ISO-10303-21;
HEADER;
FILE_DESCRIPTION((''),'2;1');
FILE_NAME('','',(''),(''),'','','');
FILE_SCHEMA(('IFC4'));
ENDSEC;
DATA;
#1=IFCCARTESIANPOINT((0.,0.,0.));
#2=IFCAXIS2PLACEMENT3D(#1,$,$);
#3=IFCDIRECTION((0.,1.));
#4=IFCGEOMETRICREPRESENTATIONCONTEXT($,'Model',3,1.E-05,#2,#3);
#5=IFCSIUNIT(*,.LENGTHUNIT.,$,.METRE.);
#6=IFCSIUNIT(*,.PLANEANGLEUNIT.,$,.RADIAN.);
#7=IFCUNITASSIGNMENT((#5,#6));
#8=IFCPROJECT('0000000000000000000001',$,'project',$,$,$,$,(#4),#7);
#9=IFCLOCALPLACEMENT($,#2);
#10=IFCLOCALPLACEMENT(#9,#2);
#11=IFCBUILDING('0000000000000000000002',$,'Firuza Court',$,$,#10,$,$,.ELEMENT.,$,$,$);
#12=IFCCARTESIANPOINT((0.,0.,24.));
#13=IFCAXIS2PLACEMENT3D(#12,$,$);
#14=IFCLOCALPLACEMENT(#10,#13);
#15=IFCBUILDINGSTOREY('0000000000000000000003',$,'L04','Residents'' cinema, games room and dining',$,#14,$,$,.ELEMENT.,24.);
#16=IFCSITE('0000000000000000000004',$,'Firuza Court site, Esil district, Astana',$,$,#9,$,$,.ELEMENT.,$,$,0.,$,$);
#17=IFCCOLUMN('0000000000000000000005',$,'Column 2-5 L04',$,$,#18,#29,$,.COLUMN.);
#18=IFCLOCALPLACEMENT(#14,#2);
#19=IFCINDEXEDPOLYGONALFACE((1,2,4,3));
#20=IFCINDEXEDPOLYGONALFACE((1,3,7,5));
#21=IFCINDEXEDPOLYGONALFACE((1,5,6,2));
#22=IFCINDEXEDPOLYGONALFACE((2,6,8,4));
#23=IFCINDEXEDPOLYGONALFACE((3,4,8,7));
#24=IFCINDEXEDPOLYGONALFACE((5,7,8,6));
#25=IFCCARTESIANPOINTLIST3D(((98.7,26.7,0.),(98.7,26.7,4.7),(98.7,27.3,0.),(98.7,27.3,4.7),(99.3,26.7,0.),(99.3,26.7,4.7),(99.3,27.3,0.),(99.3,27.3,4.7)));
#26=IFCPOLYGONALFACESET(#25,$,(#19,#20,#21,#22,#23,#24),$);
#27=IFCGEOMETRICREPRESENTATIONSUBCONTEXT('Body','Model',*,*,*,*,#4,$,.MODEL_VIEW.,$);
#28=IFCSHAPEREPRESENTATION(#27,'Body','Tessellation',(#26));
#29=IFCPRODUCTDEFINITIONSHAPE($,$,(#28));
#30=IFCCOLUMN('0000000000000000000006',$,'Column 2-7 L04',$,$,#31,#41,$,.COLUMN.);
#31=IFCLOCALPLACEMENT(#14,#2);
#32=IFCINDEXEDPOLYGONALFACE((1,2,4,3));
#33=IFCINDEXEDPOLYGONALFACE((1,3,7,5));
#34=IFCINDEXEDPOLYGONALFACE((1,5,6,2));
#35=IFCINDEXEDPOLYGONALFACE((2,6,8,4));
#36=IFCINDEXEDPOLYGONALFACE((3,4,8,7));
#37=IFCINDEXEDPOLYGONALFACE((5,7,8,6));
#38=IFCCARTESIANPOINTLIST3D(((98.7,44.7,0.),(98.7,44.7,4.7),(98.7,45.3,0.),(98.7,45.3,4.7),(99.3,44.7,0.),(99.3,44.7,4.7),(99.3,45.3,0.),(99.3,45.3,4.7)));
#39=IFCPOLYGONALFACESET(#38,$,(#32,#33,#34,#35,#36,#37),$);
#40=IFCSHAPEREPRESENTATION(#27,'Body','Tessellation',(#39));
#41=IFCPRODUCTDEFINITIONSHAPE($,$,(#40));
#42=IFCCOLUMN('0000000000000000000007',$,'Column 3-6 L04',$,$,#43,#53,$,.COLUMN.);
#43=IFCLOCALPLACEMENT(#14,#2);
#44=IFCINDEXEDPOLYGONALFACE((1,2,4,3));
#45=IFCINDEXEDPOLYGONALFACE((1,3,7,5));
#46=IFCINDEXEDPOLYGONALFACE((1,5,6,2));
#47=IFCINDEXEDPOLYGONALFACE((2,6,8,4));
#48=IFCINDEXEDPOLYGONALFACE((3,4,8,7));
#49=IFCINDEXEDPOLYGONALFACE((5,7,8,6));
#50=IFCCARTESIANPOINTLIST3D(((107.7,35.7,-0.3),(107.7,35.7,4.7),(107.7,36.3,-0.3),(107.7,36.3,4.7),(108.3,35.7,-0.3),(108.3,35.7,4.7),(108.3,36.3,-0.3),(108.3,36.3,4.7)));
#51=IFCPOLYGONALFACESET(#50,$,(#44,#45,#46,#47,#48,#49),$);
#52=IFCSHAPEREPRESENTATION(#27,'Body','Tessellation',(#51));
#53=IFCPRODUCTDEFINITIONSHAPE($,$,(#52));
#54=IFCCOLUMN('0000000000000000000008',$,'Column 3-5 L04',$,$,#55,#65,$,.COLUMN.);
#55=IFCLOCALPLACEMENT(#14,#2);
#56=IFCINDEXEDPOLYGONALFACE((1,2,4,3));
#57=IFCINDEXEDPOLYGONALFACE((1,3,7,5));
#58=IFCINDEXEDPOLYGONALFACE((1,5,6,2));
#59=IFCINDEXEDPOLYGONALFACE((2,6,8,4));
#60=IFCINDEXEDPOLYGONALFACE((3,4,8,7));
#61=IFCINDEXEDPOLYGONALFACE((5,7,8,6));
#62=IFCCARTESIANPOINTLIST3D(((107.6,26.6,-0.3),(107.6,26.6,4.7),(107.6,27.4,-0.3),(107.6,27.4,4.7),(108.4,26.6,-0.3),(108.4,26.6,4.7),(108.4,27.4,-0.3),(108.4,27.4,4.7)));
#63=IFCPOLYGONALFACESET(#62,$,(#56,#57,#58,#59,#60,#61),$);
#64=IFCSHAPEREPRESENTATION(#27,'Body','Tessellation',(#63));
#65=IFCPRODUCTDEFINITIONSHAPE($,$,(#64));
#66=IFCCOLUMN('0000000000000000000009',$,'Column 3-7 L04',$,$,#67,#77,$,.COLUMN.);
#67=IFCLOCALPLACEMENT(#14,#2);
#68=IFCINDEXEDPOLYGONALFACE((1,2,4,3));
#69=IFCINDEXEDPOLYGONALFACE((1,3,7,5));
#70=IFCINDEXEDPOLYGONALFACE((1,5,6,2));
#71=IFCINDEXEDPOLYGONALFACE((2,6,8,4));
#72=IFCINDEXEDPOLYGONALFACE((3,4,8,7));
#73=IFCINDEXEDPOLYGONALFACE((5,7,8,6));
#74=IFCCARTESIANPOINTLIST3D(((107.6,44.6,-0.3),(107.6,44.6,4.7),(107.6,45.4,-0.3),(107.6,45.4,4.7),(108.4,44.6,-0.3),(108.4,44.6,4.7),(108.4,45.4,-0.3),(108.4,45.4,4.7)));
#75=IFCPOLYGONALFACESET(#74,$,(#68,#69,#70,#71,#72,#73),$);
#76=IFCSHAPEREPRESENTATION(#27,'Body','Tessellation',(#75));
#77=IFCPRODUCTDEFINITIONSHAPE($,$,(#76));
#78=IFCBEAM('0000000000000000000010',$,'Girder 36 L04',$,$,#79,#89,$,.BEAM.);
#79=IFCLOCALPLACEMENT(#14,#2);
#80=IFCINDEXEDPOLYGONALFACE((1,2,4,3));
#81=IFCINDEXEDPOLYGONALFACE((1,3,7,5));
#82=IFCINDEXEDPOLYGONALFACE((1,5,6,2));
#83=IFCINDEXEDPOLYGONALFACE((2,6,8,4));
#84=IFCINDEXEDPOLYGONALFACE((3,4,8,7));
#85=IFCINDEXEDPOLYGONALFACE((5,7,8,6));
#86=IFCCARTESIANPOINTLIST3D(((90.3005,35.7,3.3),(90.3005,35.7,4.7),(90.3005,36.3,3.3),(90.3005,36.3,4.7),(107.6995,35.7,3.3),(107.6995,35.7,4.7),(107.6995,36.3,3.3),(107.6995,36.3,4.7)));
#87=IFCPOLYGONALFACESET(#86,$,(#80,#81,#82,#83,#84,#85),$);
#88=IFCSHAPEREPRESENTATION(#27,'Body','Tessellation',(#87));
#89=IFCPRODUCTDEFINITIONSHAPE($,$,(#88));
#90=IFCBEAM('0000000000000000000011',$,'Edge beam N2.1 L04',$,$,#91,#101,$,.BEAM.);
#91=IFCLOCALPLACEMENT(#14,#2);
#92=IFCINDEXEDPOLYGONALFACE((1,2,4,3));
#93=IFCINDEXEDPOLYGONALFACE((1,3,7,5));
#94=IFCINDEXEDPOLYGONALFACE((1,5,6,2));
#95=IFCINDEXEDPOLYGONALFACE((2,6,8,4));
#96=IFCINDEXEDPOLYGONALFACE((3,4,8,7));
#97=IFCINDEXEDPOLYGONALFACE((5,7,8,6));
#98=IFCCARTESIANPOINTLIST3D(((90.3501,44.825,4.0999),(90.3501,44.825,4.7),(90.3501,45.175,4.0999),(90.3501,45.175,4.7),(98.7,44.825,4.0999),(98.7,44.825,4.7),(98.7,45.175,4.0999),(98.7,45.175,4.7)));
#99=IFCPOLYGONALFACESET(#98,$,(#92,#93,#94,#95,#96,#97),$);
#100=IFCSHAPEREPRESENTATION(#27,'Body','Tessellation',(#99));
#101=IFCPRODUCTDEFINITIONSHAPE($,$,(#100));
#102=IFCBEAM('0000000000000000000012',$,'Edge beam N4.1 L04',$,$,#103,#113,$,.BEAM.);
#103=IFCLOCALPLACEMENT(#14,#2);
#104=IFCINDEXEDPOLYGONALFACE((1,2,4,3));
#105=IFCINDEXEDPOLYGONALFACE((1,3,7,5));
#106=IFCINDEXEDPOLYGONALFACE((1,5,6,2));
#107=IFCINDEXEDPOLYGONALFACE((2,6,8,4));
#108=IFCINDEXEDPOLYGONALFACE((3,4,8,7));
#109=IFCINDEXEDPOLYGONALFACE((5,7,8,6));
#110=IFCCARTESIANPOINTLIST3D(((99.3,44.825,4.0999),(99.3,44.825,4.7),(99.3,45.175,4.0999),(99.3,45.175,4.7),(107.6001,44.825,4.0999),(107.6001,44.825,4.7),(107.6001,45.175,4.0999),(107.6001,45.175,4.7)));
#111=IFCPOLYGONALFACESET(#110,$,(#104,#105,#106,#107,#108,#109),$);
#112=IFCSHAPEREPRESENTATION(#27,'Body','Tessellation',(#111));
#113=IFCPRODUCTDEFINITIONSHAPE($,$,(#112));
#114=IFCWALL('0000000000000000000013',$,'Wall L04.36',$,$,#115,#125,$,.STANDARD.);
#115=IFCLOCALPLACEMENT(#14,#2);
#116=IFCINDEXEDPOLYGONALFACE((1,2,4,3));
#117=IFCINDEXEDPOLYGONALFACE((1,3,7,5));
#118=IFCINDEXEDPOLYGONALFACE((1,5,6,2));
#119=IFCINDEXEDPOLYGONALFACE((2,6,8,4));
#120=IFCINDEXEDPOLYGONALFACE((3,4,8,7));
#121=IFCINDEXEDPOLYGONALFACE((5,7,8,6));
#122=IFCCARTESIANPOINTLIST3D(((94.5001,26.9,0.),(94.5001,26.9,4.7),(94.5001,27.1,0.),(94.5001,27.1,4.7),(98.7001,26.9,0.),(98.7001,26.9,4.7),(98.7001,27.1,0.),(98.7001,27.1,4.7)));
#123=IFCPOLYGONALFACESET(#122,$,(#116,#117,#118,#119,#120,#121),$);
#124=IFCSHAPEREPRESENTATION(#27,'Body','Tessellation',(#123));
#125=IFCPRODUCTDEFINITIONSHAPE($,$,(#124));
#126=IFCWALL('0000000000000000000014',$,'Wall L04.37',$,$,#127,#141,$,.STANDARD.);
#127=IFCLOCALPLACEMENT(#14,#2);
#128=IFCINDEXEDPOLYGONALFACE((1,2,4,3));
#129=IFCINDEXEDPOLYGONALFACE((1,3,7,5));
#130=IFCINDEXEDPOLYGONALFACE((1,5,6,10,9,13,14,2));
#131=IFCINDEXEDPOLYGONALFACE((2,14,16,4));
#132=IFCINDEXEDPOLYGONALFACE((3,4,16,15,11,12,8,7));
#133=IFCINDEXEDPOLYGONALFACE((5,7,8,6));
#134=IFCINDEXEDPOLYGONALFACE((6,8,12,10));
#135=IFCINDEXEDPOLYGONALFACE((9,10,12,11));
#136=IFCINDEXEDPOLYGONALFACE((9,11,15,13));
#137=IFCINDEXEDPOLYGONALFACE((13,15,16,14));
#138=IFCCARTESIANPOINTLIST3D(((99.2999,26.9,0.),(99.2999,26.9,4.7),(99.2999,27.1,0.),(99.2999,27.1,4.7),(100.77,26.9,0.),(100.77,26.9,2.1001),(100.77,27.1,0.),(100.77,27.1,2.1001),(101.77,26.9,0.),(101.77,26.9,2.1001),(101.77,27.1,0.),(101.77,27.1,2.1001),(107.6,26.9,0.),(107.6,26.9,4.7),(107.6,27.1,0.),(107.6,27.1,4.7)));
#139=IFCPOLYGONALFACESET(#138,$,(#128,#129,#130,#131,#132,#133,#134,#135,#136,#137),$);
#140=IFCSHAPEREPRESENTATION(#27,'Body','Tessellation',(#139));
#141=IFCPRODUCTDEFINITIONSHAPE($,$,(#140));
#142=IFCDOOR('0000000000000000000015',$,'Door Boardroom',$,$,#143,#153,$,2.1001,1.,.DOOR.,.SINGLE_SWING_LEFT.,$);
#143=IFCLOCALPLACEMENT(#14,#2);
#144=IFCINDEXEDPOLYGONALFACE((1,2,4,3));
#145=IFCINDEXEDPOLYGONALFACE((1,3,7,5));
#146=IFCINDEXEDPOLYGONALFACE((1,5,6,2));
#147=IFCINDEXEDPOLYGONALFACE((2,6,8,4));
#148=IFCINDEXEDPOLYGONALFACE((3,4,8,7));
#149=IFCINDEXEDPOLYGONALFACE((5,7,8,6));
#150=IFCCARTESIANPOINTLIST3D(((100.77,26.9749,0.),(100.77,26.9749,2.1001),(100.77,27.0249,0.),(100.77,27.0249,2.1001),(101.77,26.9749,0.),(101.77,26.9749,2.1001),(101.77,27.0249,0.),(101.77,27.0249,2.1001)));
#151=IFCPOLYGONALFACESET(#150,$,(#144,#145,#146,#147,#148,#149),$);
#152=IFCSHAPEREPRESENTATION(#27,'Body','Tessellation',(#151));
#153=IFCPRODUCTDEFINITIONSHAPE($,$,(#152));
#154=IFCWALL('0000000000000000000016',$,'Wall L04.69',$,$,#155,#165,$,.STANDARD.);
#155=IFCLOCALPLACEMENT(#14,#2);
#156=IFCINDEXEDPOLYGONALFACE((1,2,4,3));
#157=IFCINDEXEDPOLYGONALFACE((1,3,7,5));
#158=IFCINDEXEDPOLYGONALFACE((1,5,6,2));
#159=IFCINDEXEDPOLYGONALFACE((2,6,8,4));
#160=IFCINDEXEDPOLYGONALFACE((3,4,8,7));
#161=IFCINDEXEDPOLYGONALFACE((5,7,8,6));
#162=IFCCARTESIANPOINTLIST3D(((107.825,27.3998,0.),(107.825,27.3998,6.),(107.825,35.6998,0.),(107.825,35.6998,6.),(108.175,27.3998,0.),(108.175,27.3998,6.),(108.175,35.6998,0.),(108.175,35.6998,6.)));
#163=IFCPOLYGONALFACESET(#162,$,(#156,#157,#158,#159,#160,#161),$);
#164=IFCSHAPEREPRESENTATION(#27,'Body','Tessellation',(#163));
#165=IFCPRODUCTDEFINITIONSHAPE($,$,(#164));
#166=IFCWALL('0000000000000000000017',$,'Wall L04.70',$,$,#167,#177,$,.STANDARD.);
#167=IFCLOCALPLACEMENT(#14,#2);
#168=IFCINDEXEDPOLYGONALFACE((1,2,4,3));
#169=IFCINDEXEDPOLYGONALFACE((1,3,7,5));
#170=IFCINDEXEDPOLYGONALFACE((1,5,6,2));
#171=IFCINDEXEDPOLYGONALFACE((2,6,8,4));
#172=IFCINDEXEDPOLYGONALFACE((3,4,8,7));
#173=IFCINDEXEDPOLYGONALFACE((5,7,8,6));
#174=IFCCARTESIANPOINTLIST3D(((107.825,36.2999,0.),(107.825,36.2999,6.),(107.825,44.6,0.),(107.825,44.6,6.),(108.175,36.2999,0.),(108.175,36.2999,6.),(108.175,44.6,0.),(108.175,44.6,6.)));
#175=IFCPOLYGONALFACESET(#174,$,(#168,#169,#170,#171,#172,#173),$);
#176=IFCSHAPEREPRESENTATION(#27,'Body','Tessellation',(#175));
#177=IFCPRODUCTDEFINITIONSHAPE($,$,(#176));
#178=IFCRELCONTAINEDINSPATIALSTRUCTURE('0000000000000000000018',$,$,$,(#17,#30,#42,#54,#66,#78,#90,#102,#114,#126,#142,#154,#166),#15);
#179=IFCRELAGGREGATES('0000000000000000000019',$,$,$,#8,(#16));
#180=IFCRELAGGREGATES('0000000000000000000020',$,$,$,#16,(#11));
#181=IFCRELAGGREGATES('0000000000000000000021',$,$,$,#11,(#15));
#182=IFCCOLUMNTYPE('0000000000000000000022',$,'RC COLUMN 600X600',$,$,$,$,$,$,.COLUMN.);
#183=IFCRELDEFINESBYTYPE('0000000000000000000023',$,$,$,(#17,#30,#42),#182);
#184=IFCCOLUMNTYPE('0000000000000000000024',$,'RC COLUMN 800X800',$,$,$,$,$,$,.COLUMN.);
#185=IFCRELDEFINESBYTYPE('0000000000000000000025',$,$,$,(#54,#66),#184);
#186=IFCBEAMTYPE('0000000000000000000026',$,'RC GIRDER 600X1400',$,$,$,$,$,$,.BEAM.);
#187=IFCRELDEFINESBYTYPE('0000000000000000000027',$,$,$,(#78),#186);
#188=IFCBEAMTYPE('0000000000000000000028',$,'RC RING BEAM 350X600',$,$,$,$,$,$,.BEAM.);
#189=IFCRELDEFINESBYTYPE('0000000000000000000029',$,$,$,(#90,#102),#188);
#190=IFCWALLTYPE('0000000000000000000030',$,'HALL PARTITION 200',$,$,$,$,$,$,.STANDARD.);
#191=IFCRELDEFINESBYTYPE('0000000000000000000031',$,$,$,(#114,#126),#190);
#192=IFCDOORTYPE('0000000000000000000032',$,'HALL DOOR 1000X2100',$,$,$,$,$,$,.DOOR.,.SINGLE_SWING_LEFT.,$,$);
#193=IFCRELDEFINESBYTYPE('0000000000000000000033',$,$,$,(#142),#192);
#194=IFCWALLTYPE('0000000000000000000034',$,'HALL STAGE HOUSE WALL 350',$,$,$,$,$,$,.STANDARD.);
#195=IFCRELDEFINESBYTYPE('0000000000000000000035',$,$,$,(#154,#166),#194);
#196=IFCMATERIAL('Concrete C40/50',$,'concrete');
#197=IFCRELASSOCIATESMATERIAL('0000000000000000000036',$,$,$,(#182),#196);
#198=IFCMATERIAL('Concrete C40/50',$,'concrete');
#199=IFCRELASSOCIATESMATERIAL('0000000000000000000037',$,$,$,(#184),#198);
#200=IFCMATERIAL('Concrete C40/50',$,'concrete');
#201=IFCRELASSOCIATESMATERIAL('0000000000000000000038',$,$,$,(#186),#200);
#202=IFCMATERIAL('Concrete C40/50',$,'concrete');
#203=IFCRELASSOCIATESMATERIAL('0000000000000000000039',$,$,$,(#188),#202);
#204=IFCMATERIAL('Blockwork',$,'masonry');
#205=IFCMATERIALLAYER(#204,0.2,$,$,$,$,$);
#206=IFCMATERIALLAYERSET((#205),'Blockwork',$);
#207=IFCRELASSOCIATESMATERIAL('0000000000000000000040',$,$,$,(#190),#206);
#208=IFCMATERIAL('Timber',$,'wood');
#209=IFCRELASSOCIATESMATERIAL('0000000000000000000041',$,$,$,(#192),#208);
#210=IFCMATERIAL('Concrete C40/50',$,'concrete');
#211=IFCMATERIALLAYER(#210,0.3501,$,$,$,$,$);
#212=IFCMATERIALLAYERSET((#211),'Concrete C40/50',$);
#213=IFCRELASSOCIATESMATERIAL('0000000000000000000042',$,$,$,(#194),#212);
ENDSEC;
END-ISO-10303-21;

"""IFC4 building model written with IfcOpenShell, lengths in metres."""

from ifc_helpers import new_model, si_unit, direction, frame, frame_2d, origin, origin_2d, place, context, subcontext, project, spatial, rectangle, extrude, material, layer, layer_set, material_profile, profile_set, type_object, element, fill, save


model = new_model("IFC4")

# Units and contexts
model_context = context("Model", 3, precision=1e-05, world=origin(), true_north=direction((0.0, 1.0)))
body_context = subcontext(model_context, "Body", "Model", "MODEL_VIEW")
ifc_project = project(units=[si_unit("LENGTHUNIT", "METRE"), si_unit("PLANEANGLEUNIT", "RADIAN")], contexts=[model_context])

# Site, building, storey
site_placement = place(None, origin())
site = spatial("IfcSite", under=ifc_project, at=site_placement, Name="Firuza Court site, Esil district, Astana", CompositionType="ELEMENT", RefElevation=0.0)
building_placement = place(site_placement, origin())
building = spatial("IfcBuilding", under=site, at=building_placement, Name="Firuza Court", CompositionType="ELEMENT")
storey_placement = place(building_placement, frame((0.0, 0.0, 24.0)))
storey = spatial("IfcBuildingStorey", under=building, at=storey_placement, Name="L04", Description="Residents' cinema, games room and dining", CompositionType="ELEMENT", Elevation=24.0)

# Columns
ifc_material_1 = material(Name="Concrete C40/50", Category="concrete")
ifc_material_profile_1 = material_profile(ifc_material_1, rectangle(XDim=0.6001, YDim=0.6001, at=origin_2d()), Name="RC 600X600")
ifc_profile_set_1 = profile_set([ifc_material_profile_1], Name="Concrete C40/50")
column_type_1 = type_object("IfcColumnType", Name="RC COLUMN 600X600", PredefinedType="COLUMN", material=ifc_profile_set_1)
for number, where, z_axis, x_axis, name in (
    (1, (99.0, 27.0, 0.0), (0.0, 0.0, 1.0), (1.0, 0.0, 0.0), "Column 2-5 L04"),
    (2, (99.0, 45.0, 0.0), (0.0, 0.0, 1.0), (1.0, 0.0, 0.0), "Column 2-7 L04"),
):
    element("IfcColumn", number, at=place(storey_placement, frame(where, z_axis=z_axis, x_axis=x_axis)), inside=storey, type_object=column_type_1, Name=name, PredefinedType="COLUMN", context=body_context, shape_type="SweptSolid", body=[
        extrude(rectangle(XDim=0.6001, YDim=0.6001, at=origin_2d()), origin(), (0.0, 0.0, 1.0), 4.7),
    ])
column_placement = place(storey_placement, frame((108.0, 36.0, -0.3), z_axis=(0.0, 0.0, 1.0), x_axis=(1.0, 0.0, 0.0)))
element("IfcColumn", 3, at=column_placement, inside=storey, type_object=column_type_1, Name="Column 3-6 L04", PredefinedType="COLUMN", context=body_context, shape_type="SweptSolid", body=[
    extrude(rectangle(XDim=0.6001, YDim=0.6001, at=origin_2d()), origin(), (0.0, 0.0, 1.0), 5.0),
])
ifc_material_2 = material(Name="Concrete C40/50", Category="concrete")
ifc_material_profile_2 = material_profile(ifc_material_2, rectangle(XDim=0.8, YDim=0.8, at=origin_2d()), Name="RC 800X800")
ifc_profile_set_2 = profile_set([ifc_material_profile_2], Name="Concrete C40/50")
column_type_2 = type_object("IfcColumnType", Name="RC COLUMN 800X800", PredefinedType="COLUMN", material=ifc_profile_set_2)
for number, where, z_axis, x_axis, name in (
    (4, (108.0, 27.0, -0.3), (0.0, 0.0, 1.0), (1.0, 0.0, 0.0), "Column 3-5 L04"),
    (5, (108.0, 45.0, -0.3), (0.0, 0.0, 1.0), (1.0, 0.0, 0.0), "Column 3-7 L04"),
):
    element("IfcColumn", number, at=place(storey_placement, frame(where, z_axis=z_axis, x_axis=x_axis)), inside=storey, type_object=column_type_2, Name=name, PredefinedType="COLUMN", context=body_context, shape_type="SweptSolid", body=[
        extrude(rectangle(XDim=0.8, YDim=0.8, at=origin_2d()), origin(), (0.0, 0.0, 1.0), 5.0),
    ])

# Beams
ifc_material_3 = material(Name="Concrete C40/50", Category="concrete")
ifc_material_profile_3 = material_profile(ifc_material_3, rectangle(XDim=0.6001, YDim=1.3999, at=origin_2d()), Name="RC 600X1400")
ifc_profile_set_3 = profile_set([ifc_material_profile_3], Name="Concrete C40/50")
beam_type_1 = type_object("IfcBeamType", Name="RC GIRDER 600X1400", PredefinedType="BEAM", material=ifc_profile_set_3)
beam_1_placement = place(storey_placement, frame((90.3005, 36.0, 4.0), z_axis=(1.0, 0.0, 0.0), x_axis=(0.0, 1.0, 0.0)))
element("IfcBeam", 6, at=beam_1_placement, inside=storey, type_object=beam_type_1, Name="Girder 36 L04", PredefinedType="BEAM", context=body_context, shape_type="SweptSolid", body=[
    extrude(rectangle(XDim=0.6001, YDim=1.3999, at=origin_2d()), origin(), (0.0, 0.0, 1.0), 17.3989),
])
ifc_material_4 = material(Name="Concrete C40/50", Category="concrete")
ifc_material_profile_4 = material_profile(ifc_material_4, rectangle(XDim=0.3501, YDim=0.6001, at=origin_2d()), Name="RC 350X600")
ifc_profile_set_4 = profile_set([ifc_material_profile_4], Name="Concrete C40/50")
beam_type_2 = type_object("IfcBeamType", Name="RC RING BEAM 350X600", PredefinedType="BEAM", material=ifc_profile_set_4)
beam_2_placement = place(storey_placement, frame((90.3501, 45.0, 4.3999), z_axis=(1.0, 0.0, 0.0), x_axis=(0.0, 1.0, 0.0)))
element("IfcBeam", 7, at=beam_2_placement, inside=storey, type_object=beam_type_2, Name="Edge beam N2.1 L04", PredefinedType="BEAM", context=body_context, shape_type="SweptSolid", body=[
    extrude(rectangle(XDim=0.3501, YDim=0.6001, at=origin_2d()), origin(), (0.0, 0.0, 1.0), 8.3499),
])
beam_3_placement = place(storey_placement, frame((99.3, 45.0, 4.3999), z_axis=(1.0, 0.0, 0.0), x_axis=(0.0, 1.0, 0.0)))
element("IfcBeam", 8, at=beam_3_placement, inside=storey, type_object=beam_type_2, Name="Edge beam N4.1 L04", PredefinedType="BEAM", context=body_context, shape_type="SweptSolid", body=[
    extrude(rectangle(XDim=0.3501, YDim=0.6001, at=origin_2d()), origin(), (0.0, 0.0, 1.0), 8.3),
])

# Wall
ifc_material_5 = material(Name="Blockwork", Category="masonry")
ifc_layer_1 = layer(ifc_material_5, 0.2)
ifc_layer_set_1 = layer_set([ifc_layer_1], Name="Blockwork")
wall_type_1 = type_object("IfcWallType", Name="HALL PARTITION 200", PredefinedType="STANDARD", material=ifc_layer_set_1)
wall_1_placement = place(storey_placement, frame((94.5, 27.0, 0.0), z_axis=(0.0, 0.0, 1.0), x_axis=(1.0, 0.0, 0.0)))
element("IfcWall", 9, at=wall_1_placement, inside=storey, type_object=wall_type_1, Name="Wall L04.36", PredefinedType="STANDARD", context=body_context, shape_type="SweptSolid", body=[
    extrude(rectangle(XDim=4.2, YDim=0.2, at=frame_2d((2.1001, 0.0))), origin(), (0.0, 0.0, 1.0), 4.7),
])

# Wall, opening, door
wall_2_placement = place(storey_placement, frame((99.3, 27.0, 0.0), z_axis=(0.0, 0.0, 1.0), x_axis=(1.0, 0.0, 0.0)))
wall_2 = element("IfcWall", 10, at=wall_2_placement, inside=storey, type_object=wall_type_1, Name="Wall L04.37", PredefinedType="STANDARD", context=body_context, shape_type="SweptSolid", body=[
    extrude(rectangle(XDim=8.3, YDim=0.2, at=frame_2d((4.1499, 0.0))), origin(), (0.0, 0.0, 1.0), 4.7),
])
opening_1_placement = place(wall_2_placement, frame((1.47, 0.0, 0.0)))
opening_1 = element("IfcOpeningElement", 11, at=opening_1_placement, cuts=wall_2, PredefinedType="OPENING", context=body_context, shape_type="SweptSolid", body=[
    extrude(rectangle(XDim=1.0, YDim=2.1001, at=frame_2d((0.5, 1.05))), frame((0.0, 0.1118, 0.0), z_axis=(0.0, -1.0, 0.0), x_axis=(1.0, 0.0, 0.0)), (0.0, 0.0, 1.0), 0.2239),
])
ifc_material_6 = material(Name="Timber", Category="wood")
door_type = type_object("IfcDoorType", Name="HALL DOOR 1000X2100", OperationType="SINGLE_SWING_LEFT", PredefinedType="DOOR", material=ifc_material_6)
door_placement = place(opening_1_placement, origin())
door = element("IfcDoor", 12, at=door_placement, inside=storey, type_object=door_type, Name="Door Boardroom", OperationType="SINGLE_SWING_LEFT", OverallHeight=2.1001, OverallWidth=1.0, PredefinedType="DOOR", context=body_context, shape_type="SweptSolid", body=[
    extrude(rectangle(XDim=1.0, YDim=2.1001, at=frame_2d((0.5, 1.05))), frame((0.0, 0.0249, 0.0), z_axis=(0.0, -1.0, 0.0), x_axis=(1.0, 0.0, 0.0)), (0.0, 0.0, 1.0), 0.05),
])
fill(opening_1, door)

# Walls
ifc_material_7 = material(Name="Concrete C40/50", Category="concrete")
ifc_layer_2 = layer(ifc_material_7, 0.3501)
ifc_layer_set_2 = layer_set([ifc_layer_2], Name="Concrete C40/50")
wall_type_2 = type_object("IfcWallType", Name="HALL STAGE HOUSE WALL 350", PredefinedType="STANDARD", material=ifc_layer_set_2)
for number, where, z_axis, x_axis, name in (
    (13, (108.0, 27.3999, 0.0), (0.0, 0.0, 1.0), (0.0, 1.0, 0.0), "Wall L04.69"),
    (14, (108.0, 36.3, 0.0), (0.0, 0.0, 1.0), (0.0, 1.0, 0.0), "Wall L04.70"),
):
    element("IfcWall", number, at=place(storey_placement, frame(where, z_axis=z_axis, x_axis=x_axis)), inside=storey, type_object=wall_type_2, Name=name, PredefinedType="STANDARD", context=body_context, shape_type="SweptSolid", body=[
        extrude(rectangle(XDim=8.3, YDim=0.3501, at=frame_2d((4.1499, 0.0))), origin(), (0.0, 0.0, 1.0), 6.0),
    ])

save(model, "model.ifc")
